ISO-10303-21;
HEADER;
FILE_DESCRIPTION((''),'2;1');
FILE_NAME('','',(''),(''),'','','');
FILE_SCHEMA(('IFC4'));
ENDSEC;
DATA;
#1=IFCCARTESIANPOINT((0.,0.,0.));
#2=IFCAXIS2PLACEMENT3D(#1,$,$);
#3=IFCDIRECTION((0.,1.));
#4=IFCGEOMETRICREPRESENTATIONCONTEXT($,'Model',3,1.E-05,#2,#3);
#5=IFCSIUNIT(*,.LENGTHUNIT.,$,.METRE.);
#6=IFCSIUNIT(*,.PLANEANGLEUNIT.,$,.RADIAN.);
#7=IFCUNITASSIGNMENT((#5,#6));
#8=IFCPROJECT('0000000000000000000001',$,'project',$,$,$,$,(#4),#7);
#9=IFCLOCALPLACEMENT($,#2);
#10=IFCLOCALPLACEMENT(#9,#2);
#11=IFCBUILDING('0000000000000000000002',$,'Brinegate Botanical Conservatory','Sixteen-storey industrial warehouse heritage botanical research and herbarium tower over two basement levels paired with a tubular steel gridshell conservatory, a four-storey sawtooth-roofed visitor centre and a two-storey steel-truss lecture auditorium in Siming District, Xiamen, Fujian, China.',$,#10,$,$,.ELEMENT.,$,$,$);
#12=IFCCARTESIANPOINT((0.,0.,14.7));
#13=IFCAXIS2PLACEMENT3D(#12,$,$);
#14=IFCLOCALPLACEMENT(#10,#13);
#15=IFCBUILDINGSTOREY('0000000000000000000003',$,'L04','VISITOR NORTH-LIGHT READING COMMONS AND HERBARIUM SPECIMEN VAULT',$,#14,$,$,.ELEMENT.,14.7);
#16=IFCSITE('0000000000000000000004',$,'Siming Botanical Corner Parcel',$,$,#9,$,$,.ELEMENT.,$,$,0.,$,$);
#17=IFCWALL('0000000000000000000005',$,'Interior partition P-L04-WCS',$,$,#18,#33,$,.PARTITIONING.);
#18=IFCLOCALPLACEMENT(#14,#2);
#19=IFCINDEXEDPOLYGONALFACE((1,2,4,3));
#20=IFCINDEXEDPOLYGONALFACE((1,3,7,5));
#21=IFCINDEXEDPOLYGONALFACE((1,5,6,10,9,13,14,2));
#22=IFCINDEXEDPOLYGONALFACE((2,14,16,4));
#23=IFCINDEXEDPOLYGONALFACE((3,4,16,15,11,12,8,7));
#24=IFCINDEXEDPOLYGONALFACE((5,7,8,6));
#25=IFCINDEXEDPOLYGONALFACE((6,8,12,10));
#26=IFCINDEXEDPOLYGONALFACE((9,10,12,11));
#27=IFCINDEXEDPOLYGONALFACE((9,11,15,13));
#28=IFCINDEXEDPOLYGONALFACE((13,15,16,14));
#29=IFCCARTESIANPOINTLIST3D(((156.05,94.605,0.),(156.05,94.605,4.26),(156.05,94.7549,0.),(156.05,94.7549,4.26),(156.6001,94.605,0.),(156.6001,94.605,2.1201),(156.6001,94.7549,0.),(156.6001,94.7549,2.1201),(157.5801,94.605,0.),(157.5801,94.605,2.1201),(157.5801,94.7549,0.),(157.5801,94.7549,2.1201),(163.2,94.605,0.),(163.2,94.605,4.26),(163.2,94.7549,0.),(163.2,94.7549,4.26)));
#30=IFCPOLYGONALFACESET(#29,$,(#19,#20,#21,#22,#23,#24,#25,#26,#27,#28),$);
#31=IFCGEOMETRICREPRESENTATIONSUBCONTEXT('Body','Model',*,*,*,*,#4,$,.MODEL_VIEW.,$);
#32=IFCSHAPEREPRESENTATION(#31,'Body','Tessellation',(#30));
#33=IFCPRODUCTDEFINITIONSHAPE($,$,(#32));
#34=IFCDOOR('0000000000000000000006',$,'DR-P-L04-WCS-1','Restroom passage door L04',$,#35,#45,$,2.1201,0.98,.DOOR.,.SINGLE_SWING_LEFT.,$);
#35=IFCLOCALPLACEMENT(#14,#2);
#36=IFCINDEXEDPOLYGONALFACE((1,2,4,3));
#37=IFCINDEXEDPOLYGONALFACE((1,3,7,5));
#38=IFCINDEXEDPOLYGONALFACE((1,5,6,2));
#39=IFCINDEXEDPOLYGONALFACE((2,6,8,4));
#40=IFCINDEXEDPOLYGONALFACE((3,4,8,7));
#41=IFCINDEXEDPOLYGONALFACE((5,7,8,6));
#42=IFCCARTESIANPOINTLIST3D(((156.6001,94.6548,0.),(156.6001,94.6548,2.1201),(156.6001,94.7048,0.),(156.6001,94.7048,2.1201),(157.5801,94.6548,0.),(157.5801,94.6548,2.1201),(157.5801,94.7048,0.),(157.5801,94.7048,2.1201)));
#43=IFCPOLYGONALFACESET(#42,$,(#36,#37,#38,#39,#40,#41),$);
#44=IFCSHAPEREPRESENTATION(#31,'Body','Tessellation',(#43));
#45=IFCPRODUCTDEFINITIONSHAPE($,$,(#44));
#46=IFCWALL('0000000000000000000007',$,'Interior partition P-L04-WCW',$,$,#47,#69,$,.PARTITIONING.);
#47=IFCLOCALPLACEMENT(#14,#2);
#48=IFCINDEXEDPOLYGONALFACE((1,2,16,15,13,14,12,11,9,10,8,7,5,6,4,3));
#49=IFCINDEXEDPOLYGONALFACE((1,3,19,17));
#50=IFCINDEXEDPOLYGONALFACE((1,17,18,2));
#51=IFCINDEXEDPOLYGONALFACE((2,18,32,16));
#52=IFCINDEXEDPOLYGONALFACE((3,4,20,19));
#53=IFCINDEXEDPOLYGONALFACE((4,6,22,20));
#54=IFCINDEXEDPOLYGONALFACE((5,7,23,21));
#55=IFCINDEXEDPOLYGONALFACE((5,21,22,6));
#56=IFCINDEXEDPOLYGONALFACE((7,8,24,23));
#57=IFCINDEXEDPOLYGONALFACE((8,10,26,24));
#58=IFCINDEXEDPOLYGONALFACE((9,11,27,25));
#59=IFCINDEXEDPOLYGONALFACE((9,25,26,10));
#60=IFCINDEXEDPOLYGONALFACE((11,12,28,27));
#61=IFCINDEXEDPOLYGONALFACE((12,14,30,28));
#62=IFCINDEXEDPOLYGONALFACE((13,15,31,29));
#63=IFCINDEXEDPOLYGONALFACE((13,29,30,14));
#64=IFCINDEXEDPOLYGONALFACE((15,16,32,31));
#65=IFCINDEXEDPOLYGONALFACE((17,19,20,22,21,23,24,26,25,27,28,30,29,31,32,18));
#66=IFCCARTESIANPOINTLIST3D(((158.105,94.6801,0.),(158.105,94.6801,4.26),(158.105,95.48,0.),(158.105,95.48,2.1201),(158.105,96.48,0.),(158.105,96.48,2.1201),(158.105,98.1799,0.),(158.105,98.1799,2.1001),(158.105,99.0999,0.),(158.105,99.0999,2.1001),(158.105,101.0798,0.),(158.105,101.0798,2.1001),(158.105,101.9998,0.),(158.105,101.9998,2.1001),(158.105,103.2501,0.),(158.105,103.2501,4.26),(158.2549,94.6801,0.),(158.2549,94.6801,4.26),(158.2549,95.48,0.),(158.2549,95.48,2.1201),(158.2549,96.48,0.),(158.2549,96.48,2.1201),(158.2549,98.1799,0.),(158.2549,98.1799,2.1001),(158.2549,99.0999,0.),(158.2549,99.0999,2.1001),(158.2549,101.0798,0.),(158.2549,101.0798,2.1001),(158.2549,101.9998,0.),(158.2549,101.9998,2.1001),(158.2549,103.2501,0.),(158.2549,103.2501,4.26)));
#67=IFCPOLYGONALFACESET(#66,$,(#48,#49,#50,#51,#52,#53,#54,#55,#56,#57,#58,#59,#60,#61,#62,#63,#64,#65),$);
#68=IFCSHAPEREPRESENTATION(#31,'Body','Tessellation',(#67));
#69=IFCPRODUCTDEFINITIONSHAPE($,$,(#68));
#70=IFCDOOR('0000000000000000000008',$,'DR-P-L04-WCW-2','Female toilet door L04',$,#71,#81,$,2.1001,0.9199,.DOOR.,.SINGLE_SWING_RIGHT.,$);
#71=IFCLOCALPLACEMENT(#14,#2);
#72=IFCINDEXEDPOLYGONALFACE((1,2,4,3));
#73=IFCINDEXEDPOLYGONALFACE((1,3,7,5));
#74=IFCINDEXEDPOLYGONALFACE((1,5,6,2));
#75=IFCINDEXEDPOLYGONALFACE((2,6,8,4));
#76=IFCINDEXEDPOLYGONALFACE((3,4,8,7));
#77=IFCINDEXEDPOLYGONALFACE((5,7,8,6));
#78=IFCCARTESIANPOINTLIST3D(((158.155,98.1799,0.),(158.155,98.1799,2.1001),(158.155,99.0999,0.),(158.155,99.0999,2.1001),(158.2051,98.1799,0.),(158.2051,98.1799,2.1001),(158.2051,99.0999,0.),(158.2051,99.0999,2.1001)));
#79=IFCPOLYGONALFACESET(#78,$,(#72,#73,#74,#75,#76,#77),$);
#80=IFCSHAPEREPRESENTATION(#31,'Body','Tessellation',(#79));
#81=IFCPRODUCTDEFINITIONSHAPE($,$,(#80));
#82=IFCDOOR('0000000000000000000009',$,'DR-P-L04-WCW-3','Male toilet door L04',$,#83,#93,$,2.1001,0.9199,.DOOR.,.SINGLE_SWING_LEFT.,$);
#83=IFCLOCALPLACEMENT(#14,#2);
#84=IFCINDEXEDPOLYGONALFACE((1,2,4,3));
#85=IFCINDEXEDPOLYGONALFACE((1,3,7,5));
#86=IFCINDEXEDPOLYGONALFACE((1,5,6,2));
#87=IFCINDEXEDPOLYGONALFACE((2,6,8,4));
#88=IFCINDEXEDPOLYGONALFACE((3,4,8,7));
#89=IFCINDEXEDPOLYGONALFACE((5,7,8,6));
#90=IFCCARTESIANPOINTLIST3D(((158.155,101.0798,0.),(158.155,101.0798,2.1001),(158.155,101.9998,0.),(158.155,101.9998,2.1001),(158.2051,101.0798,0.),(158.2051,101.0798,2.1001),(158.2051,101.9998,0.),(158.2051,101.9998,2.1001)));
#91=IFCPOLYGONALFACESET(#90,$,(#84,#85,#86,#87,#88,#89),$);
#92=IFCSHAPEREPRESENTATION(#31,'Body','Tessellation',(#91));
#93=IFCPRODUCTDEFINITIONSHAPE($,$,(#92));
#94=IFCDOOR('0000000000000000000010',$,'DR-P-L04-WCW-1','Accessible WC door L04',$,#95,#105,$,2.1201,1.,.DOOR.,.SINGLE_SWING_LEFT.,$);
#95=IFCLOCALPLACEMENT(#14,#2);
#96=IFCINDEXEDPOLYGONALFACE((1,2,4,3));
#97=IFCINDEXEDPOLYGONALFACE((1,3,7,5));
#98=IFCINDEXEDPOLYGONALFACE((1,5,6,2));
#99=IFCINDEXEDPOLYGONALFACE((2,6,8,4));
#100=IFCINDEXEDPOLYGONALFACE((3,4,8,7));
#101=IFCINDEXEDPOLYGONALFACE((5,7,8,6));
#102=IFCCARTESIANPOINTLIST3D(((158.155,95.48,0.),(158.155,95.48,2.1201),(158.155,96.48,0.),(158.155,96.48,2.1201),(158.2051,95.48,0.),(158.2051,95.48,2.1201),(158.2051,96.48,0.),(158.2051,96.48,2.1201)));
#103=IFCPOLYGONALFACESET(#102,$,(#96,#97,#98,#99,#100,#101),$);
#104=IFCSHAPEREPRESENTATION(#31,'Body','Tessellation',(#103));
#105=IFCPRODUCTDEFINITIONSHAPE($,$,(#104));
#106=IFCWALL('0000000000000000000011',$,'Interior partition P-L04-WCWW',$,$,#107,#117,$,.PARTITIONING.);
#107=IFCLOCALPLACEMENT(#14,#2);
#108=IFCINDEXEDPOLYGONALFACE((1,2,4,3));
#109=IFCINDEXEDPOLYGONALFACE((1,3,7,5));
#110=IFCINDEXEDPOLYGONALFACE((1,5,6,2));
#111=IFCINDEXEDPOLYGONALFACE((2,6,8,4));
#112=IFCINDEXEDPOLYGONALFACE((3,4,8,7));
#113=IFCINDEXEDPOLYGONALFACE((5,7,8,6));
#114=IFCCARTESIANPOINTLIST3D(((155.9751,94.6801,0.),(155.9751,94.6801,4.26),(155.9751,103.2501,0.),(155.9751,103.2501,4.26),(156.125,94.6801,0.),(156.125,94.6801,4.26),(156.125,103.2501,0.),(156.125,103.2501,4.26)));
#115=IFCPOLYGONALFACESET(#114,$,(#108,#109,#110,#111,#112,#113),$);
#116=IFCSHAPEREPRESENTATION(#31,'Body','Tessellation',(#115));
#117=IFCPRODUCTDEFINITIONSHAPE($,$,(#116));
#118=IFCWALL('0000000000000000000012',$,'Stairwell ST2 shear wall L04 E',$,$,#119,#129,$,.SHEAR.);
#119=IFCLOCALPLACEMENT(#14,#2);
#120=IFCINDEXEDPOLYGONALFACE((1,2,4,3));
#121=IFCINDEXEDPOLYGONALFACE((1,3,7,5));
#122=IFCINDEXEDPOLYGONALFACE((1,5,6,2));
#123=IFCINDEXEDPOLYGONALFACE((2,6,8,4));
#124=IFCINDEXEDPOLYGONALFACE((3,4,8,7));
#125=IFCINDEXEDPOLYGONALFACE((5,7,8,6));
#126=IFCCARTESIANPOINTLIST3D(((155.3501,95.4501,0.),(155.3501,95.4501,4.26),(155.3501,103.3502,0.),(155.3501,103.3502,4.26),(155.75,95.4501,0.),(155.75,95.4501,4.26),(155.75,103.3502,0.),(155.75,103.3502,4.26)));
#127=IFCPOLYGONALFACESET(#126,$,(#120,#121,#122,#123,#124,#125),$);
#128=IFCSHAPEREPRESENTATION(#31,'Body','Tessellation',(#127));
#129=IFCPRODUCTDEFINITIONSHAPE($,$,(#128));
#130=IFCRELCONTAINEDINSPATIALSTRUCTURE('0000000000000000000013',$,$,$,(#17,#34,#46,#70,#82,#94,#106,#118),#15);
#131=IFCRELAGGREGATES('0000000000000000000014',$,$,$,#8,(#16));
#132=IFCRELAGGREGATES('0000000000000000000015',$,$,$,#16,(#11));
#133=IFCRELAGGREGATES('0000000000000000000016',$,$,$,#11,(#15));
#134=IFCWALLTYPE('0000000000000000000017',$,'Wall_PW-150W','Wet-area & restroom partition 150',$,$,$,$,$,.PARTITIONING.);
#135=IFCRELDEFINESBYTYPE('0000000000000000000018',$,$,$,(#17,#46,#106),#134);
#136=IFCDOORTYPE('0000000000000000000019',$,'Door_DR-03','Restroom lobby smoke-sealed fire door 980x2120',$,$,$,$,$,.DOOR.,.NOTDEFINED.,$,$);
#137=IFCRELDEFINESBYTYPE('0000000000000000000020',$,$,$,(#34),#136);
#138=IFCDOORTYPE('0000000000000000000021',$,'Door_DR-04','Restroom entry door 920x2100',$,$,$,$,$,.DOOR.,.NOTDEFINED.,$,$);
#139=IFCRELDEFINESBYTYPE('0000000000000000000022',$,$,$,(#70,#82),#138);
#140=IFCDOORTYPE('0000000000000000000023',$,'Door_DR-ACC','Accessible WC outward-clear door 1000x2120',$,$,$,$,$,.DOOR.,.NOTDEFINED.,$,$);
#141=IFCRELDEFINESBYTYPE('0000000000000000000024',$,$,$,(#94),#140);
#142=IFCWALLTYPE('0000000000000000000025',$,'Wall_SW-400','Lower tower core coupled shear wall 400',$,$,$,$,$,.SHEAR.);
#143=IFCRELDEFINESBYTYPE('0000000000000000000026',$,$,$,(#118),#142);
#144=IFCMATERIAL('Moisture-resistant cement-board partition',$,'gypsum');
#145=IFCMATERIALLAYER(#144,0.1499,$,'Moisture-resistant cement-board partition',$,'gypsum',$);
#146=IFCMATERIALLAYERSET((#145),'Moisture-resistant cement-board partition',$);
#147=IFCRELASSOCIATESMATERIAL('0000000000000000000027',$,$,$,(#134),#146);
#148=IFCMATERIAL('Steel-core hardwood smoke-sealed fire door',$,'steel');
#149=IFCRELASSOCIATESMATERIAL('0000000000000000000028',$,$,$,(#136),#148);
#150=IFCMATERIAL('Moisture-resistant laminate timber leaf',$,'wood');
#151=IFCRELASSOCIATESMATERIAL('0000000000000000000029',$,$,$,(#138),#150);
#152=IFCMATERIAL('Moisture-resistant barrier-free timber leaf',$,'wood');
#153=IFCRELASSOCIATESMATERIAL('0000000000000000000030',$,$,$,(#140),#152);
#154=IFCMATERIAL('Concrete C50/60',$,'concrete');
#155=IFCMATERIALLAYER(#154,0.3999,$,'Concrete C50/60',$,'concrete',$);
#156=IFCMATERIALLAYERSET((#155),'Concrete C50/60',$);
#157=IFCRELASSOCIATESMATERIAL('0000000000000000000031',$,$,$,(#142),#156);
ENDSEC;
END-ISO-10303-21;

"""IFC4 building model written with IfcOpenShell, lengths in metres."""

from ifc_helpers import new_model, si_unit, direction, frame, frame_2d, origin, place, context, subcontext, project, spatial, rectangle, extrude, material, layer, layer_set, type_object, element, fill, save


model = new_model("IFC4")

# Units and contexts
model_context = context("Model", 3, precision=1e-05, world=origin(), true_north=direction((0.0, 1.0)))
body_context = subcontext(model_context, "Body", "Model", "MODEL_VIEW")
ifc_project = project(units=[si_unit("LENGTHUNIT", "METRE"), si_unit("PLANEANGLEUNIT", "RADIAN")], contexts=[model_context])

# Site, building, storey
site_placement = place(None, origin())
site = spatial("IfcSite", under=ifc_project, at=site_placement, Name="Siming Botanical Corner Parcel", CompositionType="ELEMENT", RefElevation=0.0)
building_placement = place(site_placement, origin())
building = spatial("IfcBuilding", under=site, at=building_placement, Name="Brinegate Botanical Conservatory", Description="Sixteen-storey industrial warehouse heritage botanical research and herbarium tower over two basement levels paired with a tubular steel gridshell conservatory, a four-storey sawtooth-roofed visitor centre and a two-storey steel-truss lecture auditorium in Siming District, Xiamen, Fujian, China.", CompositionType="ELEMENT")
storey_placement = place(building_placement, frame((0.0, 0.0, 14.7)))
storey = spatial("IfcBuildingStorey", under=building, at=storey_placement, Name="L04", Description="VISITOR NORTH-LIGHT READING COMMONS AND HERBARIUM SPECIMEN VAULT", CompositionType="ELEMENT", Elevation=14.7)

# Shared definitions
ifc_material_1 = material(Name="Concrete C50/60", Category="concrete")

# Wall, opening, door
ifc_material_2 = material(Name="Moisture-resistant cement-board partition", Category="gypsum")
ifc_layer_1 = layer(ifc_material_2, 0.1499, Name="Moisture-resistant cement-board partition", Category="gypsum")
ifc_layer_set_1 = layer_set([ifc_layer_1], Name="Moisture-resistant cement-board partition")
wall_type_1 = type_object("IfcWallType", Name="Wall_PW-150W", Description="Wet-area & restroom partition 150", PredefinedType="PARTITIONING", material=ifc_layer_set_1)
wall_1_placement = place(storey_placement, frame((156.05, 94.6799, 0.0), z_axis=(0.0, 0.0, 1.0), x_axis=(1.0, 0.0, 0.0)))
wall_1 = element("IfcWall", 1, at=wall_1_placement, inside=storey, type_object=wall_type_1, Name="Interior partition P-L04-WCS", PredefinedType="PARTITIONING", context=body_context, shape_type="SweptSolid", body=[
    extrude(rectangle(XDim=7.1499, YDim=0.1499, at=frame_2d((3.575, 0.0))), origin(), (0.0, 0.0, 1.0), 4.26),
])
opening_1_placement = place(wall_1_placement, frame((0.55, 0.0, 0.0)))
opening_1 = element("IfcOpeningElement", 2, at=opening_1_placement, cuts=wall_1, PredefinedType="OPENING", context=body_context, shape_type="SweptSolid", body=[
    extrude(rectangle(XDim=0.98, YDim=2.1201, at=frame_2d((0.49, 1.0601))), frame((0.0, 0.085, 0.0), z_axis=(0.0, -1.0, 0.0), x_axis=(1.0, 0.0, 0.0)), (0.0, 0.0, 1.0), 0.1699),
])
ifc_material_3 = material(Name="Steel-core hardwood smoke-sealed fire door", Category="steel")
door_type_1 = type_object("IfcDoorType", Name="Door_DR-03", Description="Restroom lobby smoke-sealed fire door 980x2120", OperationType="NOTDEFINED", PredefinedType="DOOR", material=ifc_material_3)
door_1_placement = place(opening_1_placement, origin())
door_1 = element("IfcDoor", 3, at=door_1_placement, inside=storey, type_object=door_type_1, Name="DR-P-L04-WCS-1", Description="Restroom passage door L04", OperationType="SINGLE_SWING_LEFT", OverallHeight=2.1201, OverallWidth=0.98, PredefinedType="DOOR", context=body_context, shape_type="SweptSolid", body=[
    extrude(rectangle(XDim=0.98, YDim=2.1201, at=frame_2d((0.49, 1.0601))), frame((0.0, 0.0249, 0.0), z_axis=(0.0, -1.0, 0.0), x_axis=(1.0, 0.0, 0.0)), (0.0, 0.0, 1.0), 0.05),
])
fill(opening_1, door_1)

# Wall, openings, doors
wall_2_placement = place(storey_placement, frame((158.1799, 94.6799, 0.0), z_axis=(0.0, 0.0, 1.0), x_axis=(0.0, 1.0, 0.0)))
wall_2 = element("IfcWall", 4, at=wall_2_placement, inside=storey, type_object=wall_type_1, Name="Interior partition P-L04-WCW", PredefinedType="PARTITIONING", context=body_context, shape_type="SweptSolid", body=[
    extrude(rectangle(XDim=8.5701, YDim=0.1499, at=frame_2d((4.2852, 0.0))), origin(), (0.0, 0.0, 1.0), 4.26),
])
opening_2_placement = place(wall_2_placement, frame((0.8, 0.0, 0.0)))
opening_2 = element("IfcOpeningElement", 5, at=opening_2_placement, cuts=wall_2, PredefinedType="OPENING", context=body_context, shape_type="SweptSolid", body=[
    extrude(rectangle(XDim=1.0, YDim=2.1201, at=frame_2d((0.5, 1.0601))), frame((0.0, 0.085, 0.0), z_axis=(0.0, -1.0, 0.0), x_axis=(1.0, 0.0, 0.0)), (0.0, 0.0, 1.0), 0.1699),
])
opening_3_placement = place(wall_2_placement, frame((3.5, 0.0, 0.0)))
opening_3 = element("IfcOpeningElement", 6, at=opening_3_placement, cuts=wall_2, PredefinedType="OPENING", context=body_context, shape_type="SweptSolid", body=[
    extrude(rectangle(XDim=0.9199, YDim=2.1001, at=frame_2d((0.46, 1.05))), frame((0.0, 0.085, 0.0), z_axis=(0.0, -1.0, 0.0), x_axis=(1.0, 0.0, 0.0)), (0.0, 0.0, 1.0), 0.1699),
])
opening_4_placement = place(wall_2_placement, frame((6.3999, 0.0, 0.0)))
opening_4 = element("IfcOpeningElement", 7, at=opening_4_placement, cuts=wall_2, PredefinedType="OPENING", context=body_context, shape_type="SweptSolid", body=[
    extrude(rectangle(XDim=0.9199, YDim=2.1001, at=frame_2d((0.46, 1.05))), frame((0.0, 0.085, 0.0), z_axis=(0.0, -1.0, 0.0), x_axis=(1.0, 0.0, 0.0)), (0.0, 0.0, 1.0), 0.1699),
])
ifc_material_4 = material(Name="Moisture-resistant laminate timber leaf", Category="wood")
door_type_2 = type_object("IfcDoorType", Name="Door_DR-04", Description="Restroom entry door 920x2100", OperationType="NOTDEFINED", PredefinedType="DOOR", material=ifc_material_4)
door_2_placement = place(opening_3_placement, origin())
door_2 = element("IfcDoor", 8, at=door_2_placement, inside=storey, type_object=door_type_2, Name="DR-P-L04-WCW-2", Description="Female toilet door L04", OperationType="SINGLE_SWING_RIGHT", OverallHeight=2.1001, OverallWidth=0.9199, PredefinedType="DOOR", context=body_context, shape_type="SweptSolid", body=[
    extrude(rectangle(XDim=0.9199, YDim=2.1001, at=frame_2d((0.46, 1.05))), frame((0.0, 0.0249, 0.0), z_axis=(0.0, -1.0, 0.0), x_axis=(1.0, 0.0, 0.0)), (0.0, 0.0, 1.0), 0.05),
])
fill(opening_3, door_2)
door_3_placement = place(opening_4_placement, origin())
door_3 = element("IfcDoor", 9, at=door_3_placement, inside=storey, type_object=door_type_2, Name="DR-P-L04-WCW-3", Description="Male toilet door L04", OperationType="SINGLE_SWING_LEFT", OverallHeight=2.1001, OverallWidth=0.9199, PredefinedType="DOOR", context=body_context, shape_type="SweptSolid", body=[
    extrude(rectangle(XDim=0.9199, YDim=2.1001, at=frame_2d((0.46, 1.05))), frame((0.0, 0.0249, 0.0), z_axis=(0.0, -1.0, 0.0), x_axis=(1.0, 0.0, 0.0)), (0.0, 0.0, 1.0), 0.05),
])
fill(opening_4, door_3)
ifc_material_5 = material(Name="Moisture-resistant barrier-free timber leaf", Category="wood")
door_type_3 = type_object("IfcDoorType", Name="Door_DR-ACC", Description="Accessible WC outward-clear door 1000x2120", OperationType="NOTDEFINED", PredefinedType="DOOR", material=ifc_material_5)
door_4_placement = place(opening_2_placement, origin())
door_4 = element("IfcDoor", 10, at=door_4_placement, inside=storey, type_object=door_type_3, Name="DR-P-L04-WCW-1", Description="Accessible WC door L04", OperationType="SINGLE_SWING_LEFT", OverallHeight=2.1201, OverallWidth=1.0, PredefinedType="DOOR", context=body_context, shape_type="SweptSolid", body=[
    extrude(rectangle(XDim=1.0, YDim=2.1201, at=frame_2d((0.5, 1.0601))), frame((0.0, 0.0249, 0.0), z_axis=(0.0, -1.0, 0.0), x_axis=(1.0, 0.0, 0.0)), (0.0, 0.0, 1.0), 0.05),
])
fill(opening_2, door_4)

# Walls
wall_3_placement = place(storey_placement, frame((156.05, 94.6799, 0.0), z_axis=(0.0, 0.0, 1.0), x_axis=(0.0, 1.0, 0.0)))
element("IfcWall", 11, at=wall_3_placement, inside=storey, type_object=wall_type_1, Name="Interior partition P-L04-WCWW", PredefinedType="PARTITIONING", context=body_context, shape_type="SweptSolid", body=[
    extrude(rectangle(XDim=8.5701, YDim=0.1499, at=frame_2d((4.2852, 0.0))), origin(), (0.0, 0.0, 1.0), 4.26),
])
ifc_layer_2 = layer(ifc_material_1, 0.3999, Name="Concrete C50/60", Category="concrete")
ifc_layer_set_2 = layer_set([ifc_layer_2], Name="Concrete C50/60")
wall_type_2 = type_object("IfcWallType", Name="Wall_SW-400", Description="Lower tower core coupled shear wall 400", PredefinedType="SHEAR", material=ifc_layer_set_2)
wall_4_placement = place(storey_placement, frame((155.55, 95.45, 0.0), z_axis=(0.0, 0.0, 1.0), x_axis=(0.0, 1.0, 0.0)))
element("IfcWall", 12, at=wall_4_placement, inside=storey, type_object=wall_type_2, Name="Stairwell ST2 shear wall L04 E", PredefinedType="SHEAR", context=body_context, shape_type="SweptSolid", body=[
    extrude(rectangle(XDim=7.9001, YDim=0.3999, at=frame_2d((3.9502, 0.0))), origin(), (0.0, 0.0, 1.0), 4.26),
])

save(model, "model.ifc")
